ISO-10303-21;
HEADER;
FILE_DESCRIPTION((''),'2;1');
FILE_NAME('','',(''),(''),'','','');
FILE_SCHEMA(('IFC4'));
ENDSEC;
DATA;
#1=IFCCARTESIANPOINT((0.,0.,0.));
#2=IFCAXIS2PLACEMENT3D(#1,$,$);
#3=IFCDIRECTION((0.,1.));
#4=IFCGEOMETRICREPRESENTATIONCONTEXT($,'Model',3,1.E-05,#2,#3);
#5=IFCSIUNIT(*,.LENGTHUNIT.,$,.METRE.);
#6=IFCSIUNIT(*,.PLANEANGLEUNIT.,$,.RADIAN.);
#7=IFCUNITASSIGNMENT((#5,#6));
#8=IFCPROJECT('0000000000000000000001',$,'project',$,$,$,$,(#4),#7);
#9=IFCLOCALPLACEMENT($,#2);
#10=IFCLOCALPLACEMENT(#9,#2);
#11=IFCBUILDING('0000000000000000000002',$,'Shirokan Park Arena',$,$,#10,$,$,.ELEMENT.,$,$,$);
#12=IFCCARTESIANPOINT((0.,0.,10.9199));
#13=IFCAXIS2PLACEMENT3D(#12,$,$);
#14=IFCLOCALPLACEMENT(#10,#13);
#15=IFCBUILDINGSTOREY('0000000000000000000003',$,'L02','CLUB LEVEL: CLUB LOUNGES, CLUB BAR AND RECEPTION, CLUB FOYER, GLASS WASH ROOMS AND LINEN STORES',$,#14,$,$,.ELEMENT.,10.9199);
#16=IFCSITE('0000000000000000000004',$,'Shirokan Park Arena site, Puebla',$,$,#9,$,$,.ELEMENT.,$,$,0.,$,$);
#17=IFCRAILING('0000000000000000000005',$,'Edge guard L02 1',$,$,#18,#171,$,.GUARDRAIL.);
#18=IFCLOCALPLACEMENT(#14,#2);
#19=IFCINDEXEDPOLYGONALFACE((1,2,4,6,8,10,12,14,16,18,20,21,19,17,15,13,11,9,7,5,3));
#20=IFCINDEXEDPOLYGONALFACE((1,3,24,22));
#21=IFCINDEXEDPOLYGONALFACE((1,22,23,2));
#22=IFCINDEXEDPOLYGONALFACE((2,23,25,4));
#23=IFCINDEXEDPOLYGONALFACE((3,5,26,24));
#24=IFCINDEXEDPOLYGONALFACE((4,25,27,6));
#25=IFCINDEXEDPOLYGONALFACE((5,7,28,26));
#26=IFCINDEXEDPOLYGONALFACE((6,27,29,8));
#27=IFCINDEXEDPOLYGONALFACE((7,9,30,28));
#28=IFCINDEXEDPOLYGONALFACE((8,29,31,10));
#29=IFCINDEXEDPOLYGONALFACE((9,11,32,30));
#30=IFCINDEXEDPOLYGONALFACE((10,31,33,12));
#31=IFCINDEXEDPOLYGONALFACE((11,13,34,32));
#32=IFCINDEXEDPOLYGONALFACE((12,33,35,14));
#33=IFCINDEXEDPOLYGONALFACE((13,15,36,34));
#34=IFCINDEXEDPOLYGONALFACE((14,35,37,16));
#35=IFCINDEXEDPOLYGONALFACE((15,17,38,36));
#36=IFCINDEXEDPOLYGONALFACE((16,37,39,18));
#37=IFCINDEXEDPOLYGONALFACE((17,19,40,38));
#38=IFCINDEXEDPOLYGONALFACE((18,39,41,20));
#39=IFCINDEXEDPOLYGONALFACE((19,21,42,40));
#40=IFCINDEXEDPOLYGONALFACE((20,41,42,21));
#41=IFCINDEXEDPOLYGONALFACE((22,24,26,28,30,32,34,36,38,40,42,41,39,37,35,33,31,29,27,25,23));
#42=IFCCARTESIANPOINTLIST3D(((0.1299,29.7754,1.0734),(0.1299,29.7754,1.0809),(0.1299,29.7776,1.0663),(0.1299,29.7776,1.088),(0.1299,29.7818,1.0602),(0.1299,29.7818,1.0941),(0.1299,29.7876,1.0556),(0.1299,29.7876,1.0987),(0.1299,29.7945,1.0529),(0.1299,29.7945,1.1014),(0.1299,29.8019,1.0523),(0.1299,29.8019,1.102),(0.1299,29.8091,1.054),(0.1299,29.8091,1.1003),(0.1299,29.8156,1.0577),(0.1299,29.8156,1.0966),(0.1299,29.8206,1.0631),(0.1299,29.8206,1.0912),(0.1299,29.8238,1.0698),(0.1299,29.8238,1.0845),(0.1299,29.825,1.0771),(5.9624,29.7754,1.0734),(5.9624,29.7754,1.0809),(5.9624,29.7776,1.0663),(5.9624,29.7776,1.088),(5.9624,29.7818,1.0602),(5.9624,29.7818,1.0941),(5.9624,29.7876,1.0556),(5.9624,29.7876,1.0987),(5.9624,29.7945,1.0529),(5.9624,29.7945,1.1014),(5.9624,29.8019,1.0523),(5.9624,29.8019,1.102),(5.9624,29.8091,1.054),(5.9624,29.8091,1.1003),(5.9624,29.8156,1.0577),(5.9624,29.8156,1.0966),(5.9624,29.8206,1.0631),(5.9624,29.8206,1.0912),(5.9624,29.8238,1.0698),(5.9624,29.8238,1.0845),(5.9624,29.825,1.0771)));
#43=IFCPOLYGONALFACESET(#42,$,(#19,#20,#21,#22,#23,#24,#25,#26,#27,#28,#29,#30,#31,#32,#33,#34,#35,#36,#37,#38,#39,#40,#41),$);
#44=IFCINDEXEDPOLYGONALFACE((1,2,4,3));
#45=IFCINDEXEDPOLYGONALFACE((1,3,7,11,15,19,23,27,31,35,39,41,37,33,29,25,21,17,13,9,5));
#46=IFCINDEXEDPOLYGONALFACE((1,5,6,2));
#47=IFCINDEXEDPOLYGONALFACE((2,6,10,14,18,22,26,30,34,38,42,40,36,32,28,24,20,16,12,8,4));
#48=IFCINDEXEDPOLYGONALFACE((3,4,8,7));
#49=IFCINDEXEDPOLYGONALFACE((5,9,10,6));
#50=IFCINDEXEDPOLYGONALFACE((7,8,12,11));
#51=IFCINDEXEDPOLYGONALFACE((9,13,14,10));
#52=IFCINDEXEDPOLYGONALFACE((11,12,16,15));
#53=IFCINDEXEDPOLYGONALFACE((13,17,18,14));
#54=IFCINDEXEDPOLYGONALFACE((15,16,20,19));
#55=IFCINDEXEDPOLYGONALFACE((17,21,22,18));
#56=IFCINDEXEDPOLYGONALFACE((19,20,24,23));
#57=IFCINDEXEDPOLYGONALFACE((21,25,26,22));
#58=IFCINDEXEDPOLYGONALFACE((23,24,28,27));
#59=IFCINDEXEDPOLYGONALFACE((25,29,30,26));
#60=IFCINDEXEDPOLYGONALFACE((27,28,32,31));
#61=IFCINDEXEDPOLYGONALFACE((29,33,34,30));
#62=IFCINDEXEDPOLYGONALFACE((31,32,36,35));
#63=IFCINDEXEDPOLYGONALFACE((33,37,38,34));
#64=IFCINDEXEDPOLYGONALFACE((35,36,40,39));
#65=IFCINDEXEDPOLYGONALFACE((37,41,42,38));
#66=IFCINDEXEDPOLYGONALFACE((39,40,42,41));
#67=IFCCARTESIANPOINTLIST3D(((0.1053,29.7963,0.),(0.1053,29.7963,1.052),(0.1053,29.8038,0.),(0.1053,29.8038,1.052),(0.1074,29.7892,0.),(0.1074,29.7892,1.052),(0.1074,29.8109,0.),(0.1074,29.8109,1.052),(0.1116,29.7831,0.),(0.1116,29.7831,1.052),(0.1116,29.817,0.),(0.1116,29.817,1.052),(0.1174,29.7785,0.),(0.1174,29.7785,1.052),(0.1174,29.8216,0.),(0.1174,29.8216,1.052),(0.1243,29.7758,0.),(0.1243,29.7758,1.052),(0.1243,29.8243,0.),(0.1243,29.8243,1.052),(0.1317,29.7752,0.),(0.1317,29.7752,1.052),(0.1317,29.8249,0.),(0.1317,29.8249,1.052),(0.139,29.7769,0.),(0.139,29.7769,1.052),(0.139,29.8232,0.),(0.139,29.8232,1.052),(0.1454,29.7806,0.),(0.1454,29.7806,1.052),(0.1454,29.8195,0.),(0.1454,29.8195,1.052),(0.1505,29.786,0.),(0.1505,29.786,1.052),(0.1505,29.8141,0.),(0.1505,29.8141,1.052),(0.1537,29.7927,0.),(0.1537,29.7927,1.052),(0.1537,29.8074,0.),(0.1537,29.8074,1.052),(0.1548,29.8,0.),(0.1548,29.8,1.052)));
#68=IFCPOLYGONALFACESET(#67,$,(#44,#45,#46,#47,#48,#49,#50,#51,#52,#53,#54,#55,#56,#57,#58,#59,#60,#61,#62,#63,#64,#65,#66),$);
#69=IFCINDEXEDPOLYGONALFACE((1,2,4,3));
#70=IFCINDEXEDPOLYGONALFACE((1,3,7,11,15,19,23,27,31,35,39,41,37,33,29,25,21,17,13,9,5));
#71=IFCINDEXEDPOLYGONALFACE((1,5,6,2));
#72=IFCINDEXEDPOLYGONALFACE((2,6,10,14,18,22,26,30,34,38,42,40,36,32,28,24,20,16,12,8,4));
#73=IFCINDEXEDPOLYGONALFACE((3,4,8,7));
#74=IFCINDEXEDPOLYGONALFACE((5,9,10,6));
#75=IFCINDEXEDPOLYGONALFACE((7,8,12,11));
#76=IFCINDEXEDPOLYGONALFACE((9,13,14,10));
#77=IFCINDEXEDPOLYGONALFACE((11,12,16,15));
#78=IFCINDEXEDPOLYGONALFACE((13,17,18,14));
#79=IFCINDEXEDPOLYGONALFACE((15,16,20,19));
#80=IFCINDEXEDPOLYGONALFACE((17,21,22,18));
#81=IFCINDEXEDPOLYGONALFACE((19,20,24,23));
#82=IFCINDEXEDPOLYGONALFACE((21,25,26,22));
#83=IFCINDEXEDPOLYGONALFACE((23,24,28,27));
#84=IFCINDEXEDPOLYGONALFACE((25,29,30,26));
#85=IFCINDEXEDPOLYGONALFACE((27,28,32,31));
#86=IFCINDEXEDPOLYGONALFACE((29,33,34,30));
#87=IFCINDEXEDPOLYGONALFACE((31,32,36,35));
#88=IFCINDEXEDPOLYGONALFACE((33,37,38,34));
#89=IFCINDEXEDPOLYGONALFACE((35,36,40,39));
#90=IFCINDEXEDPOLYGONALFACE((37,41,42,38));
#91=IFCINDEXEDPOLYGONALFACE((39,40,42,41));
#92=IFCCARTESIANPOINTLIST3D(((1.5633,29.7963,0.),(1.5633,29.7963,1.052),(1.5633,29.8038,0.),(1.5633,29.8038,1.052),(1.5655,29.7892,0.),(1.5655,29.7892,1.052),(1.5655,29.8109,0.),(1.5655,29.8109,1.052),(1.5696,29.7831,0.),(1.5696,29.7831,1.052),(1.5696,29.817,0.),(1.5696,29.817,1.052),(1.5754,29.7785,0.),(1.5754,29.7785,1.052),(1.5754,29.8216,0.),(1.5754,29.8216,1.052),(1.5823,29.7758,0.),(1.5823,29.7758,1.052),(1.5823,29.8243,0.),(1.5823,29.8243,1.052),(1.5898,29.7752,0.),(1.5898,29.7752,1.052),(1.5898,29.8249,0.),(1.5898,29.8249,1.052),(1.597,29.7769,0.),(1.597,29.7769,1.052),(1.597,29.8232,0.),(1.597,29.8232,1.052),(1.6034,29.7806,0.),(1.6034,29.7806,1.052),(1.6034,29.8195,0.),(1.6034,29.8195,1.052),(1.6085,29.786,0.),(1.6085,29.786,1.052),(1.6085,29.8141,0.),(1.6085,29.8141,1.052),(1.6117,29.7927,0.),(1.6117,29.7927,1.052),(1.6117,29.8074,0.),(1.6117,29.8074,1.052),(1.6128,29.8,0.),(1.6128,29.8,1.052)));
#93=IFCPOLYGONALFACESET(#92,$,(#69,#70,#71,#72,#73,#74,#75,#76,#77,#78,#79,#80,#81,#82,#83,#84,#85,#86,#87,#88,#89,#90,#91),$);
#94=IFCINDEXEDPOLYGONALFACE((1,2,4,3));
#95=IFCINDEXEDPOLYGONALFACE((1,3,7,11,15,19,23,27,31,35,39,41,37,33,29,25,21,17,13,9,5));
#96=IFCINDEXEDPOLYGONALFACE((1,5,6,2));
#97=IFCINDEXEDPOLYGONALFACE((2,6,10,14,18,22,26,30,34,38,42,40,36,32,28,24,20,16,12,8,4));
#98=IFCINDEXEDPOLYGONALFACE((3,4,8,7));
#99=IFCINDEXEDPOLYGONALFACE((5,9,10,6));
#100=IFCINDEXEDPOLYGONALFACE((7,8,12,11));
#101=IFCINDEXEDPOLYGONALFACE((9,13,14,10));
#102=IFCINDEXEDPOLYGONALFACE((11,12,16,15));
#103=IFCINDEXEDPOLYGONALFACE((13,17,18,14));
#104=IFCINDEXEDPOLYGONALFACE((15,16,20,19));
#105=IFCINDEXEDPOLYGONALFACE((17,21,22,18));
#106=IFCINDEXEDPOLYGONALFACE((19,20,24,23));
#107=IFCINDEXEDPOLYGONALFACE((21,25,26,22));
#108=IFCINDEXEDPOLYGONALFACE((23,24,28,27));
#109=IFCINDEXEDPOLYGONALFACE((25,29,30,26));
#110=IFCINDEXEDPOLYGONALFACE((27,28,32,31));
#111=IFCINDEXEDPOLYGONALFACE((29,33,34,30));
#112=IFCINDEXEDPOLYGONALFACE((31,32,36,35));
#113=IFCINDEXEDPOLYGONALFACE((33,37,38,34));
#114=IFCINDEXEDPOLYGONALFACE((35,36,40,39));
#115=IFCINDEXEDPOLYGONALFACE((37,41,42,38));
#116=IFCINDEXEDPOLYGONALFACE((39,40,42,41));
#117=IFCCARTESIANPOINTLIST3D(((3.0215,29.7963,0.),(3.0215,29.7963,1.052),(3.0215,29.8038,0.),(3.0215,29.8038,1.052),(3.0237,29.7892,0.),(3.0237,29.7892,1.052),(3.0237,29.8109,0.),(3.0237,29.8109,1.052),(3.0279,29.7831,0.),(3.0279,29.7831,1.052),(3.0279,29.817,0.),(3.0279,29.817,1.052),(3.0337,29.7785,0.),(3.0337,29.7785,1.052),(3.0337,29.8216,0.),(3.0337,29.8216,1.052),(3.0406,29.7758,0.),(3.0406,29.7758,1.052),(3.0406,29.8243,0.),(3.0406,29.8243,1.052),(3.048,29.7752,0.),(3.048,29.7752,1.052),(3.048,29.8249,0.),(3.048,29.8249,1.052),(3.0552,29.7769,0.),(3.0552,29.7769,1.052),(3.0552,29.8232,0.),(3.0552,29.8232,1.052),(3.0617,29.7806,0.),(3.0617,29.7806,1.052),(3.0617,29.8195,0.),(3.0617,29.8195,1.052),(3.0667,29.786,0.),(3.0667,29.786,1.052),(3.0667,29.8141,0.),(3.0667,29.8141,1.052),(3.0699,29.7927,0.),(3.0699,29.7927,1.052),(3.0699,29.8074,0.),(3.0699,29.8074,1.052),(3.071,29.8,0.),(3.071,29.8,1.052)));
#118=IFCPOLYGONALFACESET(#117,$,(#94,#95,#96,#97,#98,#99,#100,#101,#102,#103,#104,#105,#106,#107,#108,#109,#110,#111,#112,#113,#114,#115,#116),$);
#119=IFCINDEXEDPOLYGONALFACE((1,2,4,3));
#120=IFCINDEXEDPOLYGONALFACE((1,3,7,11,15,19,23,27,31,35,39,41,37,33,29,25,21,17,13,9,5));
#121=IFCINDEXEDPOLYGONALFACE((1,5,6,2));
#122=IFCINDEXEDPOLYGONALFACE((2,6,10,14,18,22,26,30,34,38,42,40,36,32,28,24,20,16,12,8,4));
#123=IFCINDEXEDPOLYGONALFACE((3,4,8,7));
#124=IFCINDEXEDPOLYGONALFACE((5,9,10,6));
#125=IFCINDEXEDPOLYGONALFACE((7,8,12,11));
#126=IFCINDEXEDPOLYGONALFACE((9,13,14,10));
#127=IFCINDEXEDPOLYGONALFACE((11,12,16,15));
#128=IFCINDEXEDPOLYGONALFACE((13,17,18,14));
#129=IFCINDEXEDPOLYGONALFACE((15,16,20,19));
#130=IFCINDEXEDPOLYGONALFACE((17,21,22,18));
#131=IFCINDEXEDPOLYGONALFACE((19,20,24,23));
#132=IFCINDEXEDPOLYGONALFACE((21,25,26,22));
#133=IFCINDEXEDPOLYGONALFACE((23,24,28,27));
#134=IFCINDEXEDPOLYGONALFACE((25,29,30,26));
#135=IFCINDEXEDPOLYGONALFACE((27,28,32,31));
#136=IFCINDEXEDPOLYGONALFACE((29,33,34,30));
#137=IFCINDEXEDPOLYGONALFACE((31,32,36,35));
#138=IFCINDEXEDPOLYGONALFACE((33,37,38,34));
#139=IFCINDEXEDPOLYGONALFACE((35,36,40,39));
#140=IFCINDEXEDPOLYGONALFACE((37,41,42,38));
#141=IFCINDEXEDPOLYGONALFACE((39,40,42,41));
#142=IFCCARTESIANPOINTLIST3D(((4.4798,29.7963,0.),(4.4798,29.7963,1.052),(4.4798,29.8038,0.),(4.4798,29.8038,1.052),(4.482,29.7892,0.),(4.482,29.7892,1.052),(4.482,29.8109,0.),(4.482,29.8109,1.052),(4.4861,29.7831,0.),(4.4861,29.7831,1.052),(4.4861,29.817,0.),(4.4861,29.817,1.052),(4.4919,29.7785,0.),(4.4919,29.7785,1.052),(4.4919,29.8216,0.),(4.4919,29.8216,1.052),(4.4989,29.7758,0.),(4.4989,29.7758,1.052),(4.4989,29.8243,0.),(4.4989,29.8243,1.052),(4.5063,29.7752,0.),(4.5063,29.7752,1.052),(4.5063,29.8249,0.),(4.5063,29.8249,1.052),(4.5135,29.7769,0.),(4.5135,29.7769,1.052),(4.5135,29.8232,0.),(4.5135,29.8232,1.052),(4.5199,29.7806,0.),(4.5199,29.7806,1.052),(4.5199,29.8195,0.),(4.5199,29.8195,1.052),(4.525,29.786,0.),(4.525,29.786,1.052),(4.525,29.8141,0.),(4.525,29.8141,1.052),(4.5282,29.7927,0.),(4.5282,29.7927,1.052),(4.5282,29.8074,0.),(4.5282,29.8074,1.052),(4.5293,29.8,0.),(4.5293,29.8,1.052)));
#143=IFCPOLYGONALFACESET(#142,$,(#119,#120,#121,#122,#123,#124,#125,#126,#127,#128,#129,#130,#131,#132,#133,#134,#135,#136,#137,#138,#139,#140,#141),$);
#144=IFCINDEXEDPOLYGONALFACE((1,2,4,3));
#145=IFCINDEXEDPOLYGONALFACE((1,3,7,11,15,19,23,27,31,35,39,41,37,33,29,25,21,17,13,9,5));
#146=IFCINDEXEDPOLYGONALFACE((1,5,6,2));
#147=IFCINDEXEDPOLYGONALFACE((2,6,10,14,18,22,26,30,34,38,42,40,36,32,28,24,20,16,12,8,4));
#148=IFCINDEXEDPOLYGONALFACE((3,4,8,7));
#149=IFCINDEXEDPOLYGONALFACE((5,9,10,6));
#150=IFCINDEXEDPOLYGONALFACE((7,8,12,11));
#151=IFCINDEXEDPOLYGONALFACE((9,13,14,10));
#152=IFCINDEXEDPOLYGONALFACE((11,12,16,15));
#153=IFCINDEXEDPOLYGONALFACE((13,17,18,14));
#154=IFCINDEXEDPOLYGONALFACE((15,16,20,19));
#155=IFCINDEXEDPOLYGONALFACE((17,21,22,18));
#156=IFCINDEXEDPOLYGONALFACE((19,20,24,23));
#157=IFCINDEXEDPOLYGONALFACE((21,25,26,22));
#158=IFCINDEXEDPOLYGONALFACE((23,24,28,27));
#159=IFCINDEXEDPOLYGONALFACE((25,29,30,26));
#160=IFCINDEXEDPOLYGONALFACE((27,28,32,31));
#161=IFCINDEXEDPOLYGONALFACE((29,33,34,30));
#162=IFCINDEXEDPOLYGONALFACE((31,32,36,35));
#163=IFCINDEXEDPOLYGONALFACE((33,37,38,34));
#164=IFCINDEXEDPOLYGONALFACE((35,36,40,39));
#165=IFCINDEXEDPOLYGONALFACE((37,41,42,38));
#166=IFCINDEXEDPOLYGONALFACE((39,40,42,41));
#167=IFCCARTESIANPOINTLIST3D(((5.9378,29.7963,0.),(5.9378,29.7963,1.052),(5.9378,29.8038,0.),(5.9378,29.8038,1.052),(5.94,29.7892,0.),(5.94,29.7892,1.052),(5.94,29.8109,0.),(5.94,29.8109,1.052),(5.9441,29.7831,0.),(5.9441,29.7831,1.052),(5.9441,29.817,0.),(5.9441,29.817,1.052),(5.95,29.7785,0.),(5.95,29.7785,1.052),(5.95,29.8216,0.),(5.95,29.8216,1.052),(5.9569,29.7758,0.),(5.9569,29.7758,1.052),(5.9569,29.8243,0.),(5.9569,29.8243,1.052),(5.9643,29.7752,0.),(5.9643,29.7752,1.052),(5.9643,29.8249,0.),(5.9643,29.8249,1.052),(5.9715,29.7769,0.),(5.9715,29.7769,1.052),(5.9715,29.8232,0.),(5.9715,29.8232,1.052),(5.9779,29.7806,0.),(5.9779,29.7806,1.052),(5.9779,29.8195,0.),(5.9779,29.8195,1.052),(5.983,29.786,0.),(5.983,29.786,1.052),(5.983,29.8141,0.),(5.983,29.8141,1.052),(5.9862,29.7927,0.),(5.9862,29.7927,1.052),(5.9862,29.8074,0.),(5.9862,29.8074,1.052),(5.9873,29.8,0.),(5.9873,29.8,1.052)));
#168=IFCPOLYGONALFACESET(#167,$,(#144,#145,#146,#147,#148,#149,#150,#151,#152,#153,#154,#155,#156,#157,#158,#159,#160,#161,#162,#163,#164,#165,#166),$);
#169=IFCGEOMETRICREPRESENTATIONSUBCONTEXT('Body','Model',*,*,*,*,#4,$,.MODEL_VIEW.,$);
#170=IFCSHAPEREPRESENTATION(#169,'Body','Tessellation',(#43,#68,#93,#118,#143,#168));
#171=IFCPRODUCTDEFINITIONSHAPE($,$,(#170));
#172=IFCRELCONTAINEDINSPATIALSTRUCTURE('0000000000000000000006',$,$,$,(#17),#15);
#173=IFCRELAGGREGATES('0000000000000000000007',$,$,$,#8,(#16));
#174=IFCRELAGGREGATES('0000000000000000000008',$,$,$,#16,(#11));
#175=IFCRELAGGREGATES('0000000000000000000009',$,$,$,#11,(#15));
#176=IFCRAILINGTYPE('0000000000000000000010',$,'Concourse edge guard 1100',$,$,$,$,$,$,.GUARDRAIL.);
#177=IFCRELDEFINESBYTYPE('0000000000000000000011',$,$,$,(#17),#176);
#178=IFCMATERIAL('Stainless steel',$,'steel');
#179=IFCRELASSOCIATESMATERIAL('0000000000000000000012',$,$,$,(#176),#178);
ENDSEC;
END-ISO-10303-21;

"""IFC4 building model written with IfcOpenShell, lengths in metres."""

from ifc_helpers import new_model, si_unit, direction, frame, origin, origin_2d, place, context, subcontext, project, spatial, circle, extrude, material, type_object, element, save


model = new_model("IFC4")

# Units and contexts
model_context = context("Model", 3, precision=1e-05, world=origin(), true_north=direction((0.0, 1.0)))
body_context = subcontext(model_context, "Body", "Model", "MODEL_VIEW")
ifc_project = project(units=[si_unit("LENGTHUNIT", "METRE"), si_unit("PLANEANGLEUNIT", "RADIAN")], contexts=[model_context])

# Site, building, storey
site_placement = place(None, origin())
site = spatial("IfcSite", under=ifc_project, at=site_placement, Name="Shirokan Park Arena site, Puebla", CompositionType="ELEMENT", RefElevation=0.0)
building_placement = place(site_placement, origin())
building = spatial("IfcBuilding", under=site, at=building_placement, Name="Shirokan Park Arena", CompositionType="ELEMENT")
storey_placement = place(building_placement, frame((0.0, 0.0, 10.9199)))
storey = spatial("IfcBuildingStorey", under=building, at=storey_placement, Name="L02", Description="CLUB LEVEL: CLUB LOUNGES, CLUB BAR AND RECEPTION, CLUB FOYER, GLASS WASH ROOMS AND LINEN STORES", CompositionType="ELEMENT", Elevation=10.9199)

# Railing
ifc_material_1 = material(Name="Stainless steel", Category="steel")
railing_type = type_object("IfcRailingType", Name="Concourse edge guard 1100", PredefinedType="GUARDRAIL", material=ifc_material_1)
railing_1_placement = place(storey_placement, frame((0.1299, 29.8, 0.0)))
element("IfcRailing", 1, at=railing_1_placement, inside=storey, type_object=railing_type, Name="Edge guard L02 1", PredefinedType="GUARDRAIL", context=body_context, shape_type="SweptSolid", body=[
    extrude(circle(Radius=0.0249, at=origin_2d()), frame((0.0, 0.0, 1.0771), z_axis=(1.0, 0.0, 0.0), x_axis=(0.0, 1.0, 0.0)), (0.0, 0.0, 1.0), 5.8325),
    extrude(circle(Radius=0.0249, at=origin_2d()), origin(), (0.0, 0.0, 1.0), 1.052),
    extrude(circle(Radius=0.0249, at=origin_2d()), frame((1.458, 0.0, 0.0)), (0.0, 0.0, 1.0), 1.052),
    extrude(circle(Radius=0.0249, at=origin_2d()), frame((2.9163, 0.0, 0.0)), (0.0, 0.0, 1.0), 1.052),
    extrude(circle(Radius=0.0249, at=origin_2d()), frame((4.3745, 0.0, 0.0)), (0.0, 0.0, 1.0), 1.052),
    extrude(circle(Radius=0.0249, at=origin_2d()), frame((5.8325, 0.0, 0.0)), (0.0, 0.0, 1.0), 1.052),
])

save(model, "model.ifc")
